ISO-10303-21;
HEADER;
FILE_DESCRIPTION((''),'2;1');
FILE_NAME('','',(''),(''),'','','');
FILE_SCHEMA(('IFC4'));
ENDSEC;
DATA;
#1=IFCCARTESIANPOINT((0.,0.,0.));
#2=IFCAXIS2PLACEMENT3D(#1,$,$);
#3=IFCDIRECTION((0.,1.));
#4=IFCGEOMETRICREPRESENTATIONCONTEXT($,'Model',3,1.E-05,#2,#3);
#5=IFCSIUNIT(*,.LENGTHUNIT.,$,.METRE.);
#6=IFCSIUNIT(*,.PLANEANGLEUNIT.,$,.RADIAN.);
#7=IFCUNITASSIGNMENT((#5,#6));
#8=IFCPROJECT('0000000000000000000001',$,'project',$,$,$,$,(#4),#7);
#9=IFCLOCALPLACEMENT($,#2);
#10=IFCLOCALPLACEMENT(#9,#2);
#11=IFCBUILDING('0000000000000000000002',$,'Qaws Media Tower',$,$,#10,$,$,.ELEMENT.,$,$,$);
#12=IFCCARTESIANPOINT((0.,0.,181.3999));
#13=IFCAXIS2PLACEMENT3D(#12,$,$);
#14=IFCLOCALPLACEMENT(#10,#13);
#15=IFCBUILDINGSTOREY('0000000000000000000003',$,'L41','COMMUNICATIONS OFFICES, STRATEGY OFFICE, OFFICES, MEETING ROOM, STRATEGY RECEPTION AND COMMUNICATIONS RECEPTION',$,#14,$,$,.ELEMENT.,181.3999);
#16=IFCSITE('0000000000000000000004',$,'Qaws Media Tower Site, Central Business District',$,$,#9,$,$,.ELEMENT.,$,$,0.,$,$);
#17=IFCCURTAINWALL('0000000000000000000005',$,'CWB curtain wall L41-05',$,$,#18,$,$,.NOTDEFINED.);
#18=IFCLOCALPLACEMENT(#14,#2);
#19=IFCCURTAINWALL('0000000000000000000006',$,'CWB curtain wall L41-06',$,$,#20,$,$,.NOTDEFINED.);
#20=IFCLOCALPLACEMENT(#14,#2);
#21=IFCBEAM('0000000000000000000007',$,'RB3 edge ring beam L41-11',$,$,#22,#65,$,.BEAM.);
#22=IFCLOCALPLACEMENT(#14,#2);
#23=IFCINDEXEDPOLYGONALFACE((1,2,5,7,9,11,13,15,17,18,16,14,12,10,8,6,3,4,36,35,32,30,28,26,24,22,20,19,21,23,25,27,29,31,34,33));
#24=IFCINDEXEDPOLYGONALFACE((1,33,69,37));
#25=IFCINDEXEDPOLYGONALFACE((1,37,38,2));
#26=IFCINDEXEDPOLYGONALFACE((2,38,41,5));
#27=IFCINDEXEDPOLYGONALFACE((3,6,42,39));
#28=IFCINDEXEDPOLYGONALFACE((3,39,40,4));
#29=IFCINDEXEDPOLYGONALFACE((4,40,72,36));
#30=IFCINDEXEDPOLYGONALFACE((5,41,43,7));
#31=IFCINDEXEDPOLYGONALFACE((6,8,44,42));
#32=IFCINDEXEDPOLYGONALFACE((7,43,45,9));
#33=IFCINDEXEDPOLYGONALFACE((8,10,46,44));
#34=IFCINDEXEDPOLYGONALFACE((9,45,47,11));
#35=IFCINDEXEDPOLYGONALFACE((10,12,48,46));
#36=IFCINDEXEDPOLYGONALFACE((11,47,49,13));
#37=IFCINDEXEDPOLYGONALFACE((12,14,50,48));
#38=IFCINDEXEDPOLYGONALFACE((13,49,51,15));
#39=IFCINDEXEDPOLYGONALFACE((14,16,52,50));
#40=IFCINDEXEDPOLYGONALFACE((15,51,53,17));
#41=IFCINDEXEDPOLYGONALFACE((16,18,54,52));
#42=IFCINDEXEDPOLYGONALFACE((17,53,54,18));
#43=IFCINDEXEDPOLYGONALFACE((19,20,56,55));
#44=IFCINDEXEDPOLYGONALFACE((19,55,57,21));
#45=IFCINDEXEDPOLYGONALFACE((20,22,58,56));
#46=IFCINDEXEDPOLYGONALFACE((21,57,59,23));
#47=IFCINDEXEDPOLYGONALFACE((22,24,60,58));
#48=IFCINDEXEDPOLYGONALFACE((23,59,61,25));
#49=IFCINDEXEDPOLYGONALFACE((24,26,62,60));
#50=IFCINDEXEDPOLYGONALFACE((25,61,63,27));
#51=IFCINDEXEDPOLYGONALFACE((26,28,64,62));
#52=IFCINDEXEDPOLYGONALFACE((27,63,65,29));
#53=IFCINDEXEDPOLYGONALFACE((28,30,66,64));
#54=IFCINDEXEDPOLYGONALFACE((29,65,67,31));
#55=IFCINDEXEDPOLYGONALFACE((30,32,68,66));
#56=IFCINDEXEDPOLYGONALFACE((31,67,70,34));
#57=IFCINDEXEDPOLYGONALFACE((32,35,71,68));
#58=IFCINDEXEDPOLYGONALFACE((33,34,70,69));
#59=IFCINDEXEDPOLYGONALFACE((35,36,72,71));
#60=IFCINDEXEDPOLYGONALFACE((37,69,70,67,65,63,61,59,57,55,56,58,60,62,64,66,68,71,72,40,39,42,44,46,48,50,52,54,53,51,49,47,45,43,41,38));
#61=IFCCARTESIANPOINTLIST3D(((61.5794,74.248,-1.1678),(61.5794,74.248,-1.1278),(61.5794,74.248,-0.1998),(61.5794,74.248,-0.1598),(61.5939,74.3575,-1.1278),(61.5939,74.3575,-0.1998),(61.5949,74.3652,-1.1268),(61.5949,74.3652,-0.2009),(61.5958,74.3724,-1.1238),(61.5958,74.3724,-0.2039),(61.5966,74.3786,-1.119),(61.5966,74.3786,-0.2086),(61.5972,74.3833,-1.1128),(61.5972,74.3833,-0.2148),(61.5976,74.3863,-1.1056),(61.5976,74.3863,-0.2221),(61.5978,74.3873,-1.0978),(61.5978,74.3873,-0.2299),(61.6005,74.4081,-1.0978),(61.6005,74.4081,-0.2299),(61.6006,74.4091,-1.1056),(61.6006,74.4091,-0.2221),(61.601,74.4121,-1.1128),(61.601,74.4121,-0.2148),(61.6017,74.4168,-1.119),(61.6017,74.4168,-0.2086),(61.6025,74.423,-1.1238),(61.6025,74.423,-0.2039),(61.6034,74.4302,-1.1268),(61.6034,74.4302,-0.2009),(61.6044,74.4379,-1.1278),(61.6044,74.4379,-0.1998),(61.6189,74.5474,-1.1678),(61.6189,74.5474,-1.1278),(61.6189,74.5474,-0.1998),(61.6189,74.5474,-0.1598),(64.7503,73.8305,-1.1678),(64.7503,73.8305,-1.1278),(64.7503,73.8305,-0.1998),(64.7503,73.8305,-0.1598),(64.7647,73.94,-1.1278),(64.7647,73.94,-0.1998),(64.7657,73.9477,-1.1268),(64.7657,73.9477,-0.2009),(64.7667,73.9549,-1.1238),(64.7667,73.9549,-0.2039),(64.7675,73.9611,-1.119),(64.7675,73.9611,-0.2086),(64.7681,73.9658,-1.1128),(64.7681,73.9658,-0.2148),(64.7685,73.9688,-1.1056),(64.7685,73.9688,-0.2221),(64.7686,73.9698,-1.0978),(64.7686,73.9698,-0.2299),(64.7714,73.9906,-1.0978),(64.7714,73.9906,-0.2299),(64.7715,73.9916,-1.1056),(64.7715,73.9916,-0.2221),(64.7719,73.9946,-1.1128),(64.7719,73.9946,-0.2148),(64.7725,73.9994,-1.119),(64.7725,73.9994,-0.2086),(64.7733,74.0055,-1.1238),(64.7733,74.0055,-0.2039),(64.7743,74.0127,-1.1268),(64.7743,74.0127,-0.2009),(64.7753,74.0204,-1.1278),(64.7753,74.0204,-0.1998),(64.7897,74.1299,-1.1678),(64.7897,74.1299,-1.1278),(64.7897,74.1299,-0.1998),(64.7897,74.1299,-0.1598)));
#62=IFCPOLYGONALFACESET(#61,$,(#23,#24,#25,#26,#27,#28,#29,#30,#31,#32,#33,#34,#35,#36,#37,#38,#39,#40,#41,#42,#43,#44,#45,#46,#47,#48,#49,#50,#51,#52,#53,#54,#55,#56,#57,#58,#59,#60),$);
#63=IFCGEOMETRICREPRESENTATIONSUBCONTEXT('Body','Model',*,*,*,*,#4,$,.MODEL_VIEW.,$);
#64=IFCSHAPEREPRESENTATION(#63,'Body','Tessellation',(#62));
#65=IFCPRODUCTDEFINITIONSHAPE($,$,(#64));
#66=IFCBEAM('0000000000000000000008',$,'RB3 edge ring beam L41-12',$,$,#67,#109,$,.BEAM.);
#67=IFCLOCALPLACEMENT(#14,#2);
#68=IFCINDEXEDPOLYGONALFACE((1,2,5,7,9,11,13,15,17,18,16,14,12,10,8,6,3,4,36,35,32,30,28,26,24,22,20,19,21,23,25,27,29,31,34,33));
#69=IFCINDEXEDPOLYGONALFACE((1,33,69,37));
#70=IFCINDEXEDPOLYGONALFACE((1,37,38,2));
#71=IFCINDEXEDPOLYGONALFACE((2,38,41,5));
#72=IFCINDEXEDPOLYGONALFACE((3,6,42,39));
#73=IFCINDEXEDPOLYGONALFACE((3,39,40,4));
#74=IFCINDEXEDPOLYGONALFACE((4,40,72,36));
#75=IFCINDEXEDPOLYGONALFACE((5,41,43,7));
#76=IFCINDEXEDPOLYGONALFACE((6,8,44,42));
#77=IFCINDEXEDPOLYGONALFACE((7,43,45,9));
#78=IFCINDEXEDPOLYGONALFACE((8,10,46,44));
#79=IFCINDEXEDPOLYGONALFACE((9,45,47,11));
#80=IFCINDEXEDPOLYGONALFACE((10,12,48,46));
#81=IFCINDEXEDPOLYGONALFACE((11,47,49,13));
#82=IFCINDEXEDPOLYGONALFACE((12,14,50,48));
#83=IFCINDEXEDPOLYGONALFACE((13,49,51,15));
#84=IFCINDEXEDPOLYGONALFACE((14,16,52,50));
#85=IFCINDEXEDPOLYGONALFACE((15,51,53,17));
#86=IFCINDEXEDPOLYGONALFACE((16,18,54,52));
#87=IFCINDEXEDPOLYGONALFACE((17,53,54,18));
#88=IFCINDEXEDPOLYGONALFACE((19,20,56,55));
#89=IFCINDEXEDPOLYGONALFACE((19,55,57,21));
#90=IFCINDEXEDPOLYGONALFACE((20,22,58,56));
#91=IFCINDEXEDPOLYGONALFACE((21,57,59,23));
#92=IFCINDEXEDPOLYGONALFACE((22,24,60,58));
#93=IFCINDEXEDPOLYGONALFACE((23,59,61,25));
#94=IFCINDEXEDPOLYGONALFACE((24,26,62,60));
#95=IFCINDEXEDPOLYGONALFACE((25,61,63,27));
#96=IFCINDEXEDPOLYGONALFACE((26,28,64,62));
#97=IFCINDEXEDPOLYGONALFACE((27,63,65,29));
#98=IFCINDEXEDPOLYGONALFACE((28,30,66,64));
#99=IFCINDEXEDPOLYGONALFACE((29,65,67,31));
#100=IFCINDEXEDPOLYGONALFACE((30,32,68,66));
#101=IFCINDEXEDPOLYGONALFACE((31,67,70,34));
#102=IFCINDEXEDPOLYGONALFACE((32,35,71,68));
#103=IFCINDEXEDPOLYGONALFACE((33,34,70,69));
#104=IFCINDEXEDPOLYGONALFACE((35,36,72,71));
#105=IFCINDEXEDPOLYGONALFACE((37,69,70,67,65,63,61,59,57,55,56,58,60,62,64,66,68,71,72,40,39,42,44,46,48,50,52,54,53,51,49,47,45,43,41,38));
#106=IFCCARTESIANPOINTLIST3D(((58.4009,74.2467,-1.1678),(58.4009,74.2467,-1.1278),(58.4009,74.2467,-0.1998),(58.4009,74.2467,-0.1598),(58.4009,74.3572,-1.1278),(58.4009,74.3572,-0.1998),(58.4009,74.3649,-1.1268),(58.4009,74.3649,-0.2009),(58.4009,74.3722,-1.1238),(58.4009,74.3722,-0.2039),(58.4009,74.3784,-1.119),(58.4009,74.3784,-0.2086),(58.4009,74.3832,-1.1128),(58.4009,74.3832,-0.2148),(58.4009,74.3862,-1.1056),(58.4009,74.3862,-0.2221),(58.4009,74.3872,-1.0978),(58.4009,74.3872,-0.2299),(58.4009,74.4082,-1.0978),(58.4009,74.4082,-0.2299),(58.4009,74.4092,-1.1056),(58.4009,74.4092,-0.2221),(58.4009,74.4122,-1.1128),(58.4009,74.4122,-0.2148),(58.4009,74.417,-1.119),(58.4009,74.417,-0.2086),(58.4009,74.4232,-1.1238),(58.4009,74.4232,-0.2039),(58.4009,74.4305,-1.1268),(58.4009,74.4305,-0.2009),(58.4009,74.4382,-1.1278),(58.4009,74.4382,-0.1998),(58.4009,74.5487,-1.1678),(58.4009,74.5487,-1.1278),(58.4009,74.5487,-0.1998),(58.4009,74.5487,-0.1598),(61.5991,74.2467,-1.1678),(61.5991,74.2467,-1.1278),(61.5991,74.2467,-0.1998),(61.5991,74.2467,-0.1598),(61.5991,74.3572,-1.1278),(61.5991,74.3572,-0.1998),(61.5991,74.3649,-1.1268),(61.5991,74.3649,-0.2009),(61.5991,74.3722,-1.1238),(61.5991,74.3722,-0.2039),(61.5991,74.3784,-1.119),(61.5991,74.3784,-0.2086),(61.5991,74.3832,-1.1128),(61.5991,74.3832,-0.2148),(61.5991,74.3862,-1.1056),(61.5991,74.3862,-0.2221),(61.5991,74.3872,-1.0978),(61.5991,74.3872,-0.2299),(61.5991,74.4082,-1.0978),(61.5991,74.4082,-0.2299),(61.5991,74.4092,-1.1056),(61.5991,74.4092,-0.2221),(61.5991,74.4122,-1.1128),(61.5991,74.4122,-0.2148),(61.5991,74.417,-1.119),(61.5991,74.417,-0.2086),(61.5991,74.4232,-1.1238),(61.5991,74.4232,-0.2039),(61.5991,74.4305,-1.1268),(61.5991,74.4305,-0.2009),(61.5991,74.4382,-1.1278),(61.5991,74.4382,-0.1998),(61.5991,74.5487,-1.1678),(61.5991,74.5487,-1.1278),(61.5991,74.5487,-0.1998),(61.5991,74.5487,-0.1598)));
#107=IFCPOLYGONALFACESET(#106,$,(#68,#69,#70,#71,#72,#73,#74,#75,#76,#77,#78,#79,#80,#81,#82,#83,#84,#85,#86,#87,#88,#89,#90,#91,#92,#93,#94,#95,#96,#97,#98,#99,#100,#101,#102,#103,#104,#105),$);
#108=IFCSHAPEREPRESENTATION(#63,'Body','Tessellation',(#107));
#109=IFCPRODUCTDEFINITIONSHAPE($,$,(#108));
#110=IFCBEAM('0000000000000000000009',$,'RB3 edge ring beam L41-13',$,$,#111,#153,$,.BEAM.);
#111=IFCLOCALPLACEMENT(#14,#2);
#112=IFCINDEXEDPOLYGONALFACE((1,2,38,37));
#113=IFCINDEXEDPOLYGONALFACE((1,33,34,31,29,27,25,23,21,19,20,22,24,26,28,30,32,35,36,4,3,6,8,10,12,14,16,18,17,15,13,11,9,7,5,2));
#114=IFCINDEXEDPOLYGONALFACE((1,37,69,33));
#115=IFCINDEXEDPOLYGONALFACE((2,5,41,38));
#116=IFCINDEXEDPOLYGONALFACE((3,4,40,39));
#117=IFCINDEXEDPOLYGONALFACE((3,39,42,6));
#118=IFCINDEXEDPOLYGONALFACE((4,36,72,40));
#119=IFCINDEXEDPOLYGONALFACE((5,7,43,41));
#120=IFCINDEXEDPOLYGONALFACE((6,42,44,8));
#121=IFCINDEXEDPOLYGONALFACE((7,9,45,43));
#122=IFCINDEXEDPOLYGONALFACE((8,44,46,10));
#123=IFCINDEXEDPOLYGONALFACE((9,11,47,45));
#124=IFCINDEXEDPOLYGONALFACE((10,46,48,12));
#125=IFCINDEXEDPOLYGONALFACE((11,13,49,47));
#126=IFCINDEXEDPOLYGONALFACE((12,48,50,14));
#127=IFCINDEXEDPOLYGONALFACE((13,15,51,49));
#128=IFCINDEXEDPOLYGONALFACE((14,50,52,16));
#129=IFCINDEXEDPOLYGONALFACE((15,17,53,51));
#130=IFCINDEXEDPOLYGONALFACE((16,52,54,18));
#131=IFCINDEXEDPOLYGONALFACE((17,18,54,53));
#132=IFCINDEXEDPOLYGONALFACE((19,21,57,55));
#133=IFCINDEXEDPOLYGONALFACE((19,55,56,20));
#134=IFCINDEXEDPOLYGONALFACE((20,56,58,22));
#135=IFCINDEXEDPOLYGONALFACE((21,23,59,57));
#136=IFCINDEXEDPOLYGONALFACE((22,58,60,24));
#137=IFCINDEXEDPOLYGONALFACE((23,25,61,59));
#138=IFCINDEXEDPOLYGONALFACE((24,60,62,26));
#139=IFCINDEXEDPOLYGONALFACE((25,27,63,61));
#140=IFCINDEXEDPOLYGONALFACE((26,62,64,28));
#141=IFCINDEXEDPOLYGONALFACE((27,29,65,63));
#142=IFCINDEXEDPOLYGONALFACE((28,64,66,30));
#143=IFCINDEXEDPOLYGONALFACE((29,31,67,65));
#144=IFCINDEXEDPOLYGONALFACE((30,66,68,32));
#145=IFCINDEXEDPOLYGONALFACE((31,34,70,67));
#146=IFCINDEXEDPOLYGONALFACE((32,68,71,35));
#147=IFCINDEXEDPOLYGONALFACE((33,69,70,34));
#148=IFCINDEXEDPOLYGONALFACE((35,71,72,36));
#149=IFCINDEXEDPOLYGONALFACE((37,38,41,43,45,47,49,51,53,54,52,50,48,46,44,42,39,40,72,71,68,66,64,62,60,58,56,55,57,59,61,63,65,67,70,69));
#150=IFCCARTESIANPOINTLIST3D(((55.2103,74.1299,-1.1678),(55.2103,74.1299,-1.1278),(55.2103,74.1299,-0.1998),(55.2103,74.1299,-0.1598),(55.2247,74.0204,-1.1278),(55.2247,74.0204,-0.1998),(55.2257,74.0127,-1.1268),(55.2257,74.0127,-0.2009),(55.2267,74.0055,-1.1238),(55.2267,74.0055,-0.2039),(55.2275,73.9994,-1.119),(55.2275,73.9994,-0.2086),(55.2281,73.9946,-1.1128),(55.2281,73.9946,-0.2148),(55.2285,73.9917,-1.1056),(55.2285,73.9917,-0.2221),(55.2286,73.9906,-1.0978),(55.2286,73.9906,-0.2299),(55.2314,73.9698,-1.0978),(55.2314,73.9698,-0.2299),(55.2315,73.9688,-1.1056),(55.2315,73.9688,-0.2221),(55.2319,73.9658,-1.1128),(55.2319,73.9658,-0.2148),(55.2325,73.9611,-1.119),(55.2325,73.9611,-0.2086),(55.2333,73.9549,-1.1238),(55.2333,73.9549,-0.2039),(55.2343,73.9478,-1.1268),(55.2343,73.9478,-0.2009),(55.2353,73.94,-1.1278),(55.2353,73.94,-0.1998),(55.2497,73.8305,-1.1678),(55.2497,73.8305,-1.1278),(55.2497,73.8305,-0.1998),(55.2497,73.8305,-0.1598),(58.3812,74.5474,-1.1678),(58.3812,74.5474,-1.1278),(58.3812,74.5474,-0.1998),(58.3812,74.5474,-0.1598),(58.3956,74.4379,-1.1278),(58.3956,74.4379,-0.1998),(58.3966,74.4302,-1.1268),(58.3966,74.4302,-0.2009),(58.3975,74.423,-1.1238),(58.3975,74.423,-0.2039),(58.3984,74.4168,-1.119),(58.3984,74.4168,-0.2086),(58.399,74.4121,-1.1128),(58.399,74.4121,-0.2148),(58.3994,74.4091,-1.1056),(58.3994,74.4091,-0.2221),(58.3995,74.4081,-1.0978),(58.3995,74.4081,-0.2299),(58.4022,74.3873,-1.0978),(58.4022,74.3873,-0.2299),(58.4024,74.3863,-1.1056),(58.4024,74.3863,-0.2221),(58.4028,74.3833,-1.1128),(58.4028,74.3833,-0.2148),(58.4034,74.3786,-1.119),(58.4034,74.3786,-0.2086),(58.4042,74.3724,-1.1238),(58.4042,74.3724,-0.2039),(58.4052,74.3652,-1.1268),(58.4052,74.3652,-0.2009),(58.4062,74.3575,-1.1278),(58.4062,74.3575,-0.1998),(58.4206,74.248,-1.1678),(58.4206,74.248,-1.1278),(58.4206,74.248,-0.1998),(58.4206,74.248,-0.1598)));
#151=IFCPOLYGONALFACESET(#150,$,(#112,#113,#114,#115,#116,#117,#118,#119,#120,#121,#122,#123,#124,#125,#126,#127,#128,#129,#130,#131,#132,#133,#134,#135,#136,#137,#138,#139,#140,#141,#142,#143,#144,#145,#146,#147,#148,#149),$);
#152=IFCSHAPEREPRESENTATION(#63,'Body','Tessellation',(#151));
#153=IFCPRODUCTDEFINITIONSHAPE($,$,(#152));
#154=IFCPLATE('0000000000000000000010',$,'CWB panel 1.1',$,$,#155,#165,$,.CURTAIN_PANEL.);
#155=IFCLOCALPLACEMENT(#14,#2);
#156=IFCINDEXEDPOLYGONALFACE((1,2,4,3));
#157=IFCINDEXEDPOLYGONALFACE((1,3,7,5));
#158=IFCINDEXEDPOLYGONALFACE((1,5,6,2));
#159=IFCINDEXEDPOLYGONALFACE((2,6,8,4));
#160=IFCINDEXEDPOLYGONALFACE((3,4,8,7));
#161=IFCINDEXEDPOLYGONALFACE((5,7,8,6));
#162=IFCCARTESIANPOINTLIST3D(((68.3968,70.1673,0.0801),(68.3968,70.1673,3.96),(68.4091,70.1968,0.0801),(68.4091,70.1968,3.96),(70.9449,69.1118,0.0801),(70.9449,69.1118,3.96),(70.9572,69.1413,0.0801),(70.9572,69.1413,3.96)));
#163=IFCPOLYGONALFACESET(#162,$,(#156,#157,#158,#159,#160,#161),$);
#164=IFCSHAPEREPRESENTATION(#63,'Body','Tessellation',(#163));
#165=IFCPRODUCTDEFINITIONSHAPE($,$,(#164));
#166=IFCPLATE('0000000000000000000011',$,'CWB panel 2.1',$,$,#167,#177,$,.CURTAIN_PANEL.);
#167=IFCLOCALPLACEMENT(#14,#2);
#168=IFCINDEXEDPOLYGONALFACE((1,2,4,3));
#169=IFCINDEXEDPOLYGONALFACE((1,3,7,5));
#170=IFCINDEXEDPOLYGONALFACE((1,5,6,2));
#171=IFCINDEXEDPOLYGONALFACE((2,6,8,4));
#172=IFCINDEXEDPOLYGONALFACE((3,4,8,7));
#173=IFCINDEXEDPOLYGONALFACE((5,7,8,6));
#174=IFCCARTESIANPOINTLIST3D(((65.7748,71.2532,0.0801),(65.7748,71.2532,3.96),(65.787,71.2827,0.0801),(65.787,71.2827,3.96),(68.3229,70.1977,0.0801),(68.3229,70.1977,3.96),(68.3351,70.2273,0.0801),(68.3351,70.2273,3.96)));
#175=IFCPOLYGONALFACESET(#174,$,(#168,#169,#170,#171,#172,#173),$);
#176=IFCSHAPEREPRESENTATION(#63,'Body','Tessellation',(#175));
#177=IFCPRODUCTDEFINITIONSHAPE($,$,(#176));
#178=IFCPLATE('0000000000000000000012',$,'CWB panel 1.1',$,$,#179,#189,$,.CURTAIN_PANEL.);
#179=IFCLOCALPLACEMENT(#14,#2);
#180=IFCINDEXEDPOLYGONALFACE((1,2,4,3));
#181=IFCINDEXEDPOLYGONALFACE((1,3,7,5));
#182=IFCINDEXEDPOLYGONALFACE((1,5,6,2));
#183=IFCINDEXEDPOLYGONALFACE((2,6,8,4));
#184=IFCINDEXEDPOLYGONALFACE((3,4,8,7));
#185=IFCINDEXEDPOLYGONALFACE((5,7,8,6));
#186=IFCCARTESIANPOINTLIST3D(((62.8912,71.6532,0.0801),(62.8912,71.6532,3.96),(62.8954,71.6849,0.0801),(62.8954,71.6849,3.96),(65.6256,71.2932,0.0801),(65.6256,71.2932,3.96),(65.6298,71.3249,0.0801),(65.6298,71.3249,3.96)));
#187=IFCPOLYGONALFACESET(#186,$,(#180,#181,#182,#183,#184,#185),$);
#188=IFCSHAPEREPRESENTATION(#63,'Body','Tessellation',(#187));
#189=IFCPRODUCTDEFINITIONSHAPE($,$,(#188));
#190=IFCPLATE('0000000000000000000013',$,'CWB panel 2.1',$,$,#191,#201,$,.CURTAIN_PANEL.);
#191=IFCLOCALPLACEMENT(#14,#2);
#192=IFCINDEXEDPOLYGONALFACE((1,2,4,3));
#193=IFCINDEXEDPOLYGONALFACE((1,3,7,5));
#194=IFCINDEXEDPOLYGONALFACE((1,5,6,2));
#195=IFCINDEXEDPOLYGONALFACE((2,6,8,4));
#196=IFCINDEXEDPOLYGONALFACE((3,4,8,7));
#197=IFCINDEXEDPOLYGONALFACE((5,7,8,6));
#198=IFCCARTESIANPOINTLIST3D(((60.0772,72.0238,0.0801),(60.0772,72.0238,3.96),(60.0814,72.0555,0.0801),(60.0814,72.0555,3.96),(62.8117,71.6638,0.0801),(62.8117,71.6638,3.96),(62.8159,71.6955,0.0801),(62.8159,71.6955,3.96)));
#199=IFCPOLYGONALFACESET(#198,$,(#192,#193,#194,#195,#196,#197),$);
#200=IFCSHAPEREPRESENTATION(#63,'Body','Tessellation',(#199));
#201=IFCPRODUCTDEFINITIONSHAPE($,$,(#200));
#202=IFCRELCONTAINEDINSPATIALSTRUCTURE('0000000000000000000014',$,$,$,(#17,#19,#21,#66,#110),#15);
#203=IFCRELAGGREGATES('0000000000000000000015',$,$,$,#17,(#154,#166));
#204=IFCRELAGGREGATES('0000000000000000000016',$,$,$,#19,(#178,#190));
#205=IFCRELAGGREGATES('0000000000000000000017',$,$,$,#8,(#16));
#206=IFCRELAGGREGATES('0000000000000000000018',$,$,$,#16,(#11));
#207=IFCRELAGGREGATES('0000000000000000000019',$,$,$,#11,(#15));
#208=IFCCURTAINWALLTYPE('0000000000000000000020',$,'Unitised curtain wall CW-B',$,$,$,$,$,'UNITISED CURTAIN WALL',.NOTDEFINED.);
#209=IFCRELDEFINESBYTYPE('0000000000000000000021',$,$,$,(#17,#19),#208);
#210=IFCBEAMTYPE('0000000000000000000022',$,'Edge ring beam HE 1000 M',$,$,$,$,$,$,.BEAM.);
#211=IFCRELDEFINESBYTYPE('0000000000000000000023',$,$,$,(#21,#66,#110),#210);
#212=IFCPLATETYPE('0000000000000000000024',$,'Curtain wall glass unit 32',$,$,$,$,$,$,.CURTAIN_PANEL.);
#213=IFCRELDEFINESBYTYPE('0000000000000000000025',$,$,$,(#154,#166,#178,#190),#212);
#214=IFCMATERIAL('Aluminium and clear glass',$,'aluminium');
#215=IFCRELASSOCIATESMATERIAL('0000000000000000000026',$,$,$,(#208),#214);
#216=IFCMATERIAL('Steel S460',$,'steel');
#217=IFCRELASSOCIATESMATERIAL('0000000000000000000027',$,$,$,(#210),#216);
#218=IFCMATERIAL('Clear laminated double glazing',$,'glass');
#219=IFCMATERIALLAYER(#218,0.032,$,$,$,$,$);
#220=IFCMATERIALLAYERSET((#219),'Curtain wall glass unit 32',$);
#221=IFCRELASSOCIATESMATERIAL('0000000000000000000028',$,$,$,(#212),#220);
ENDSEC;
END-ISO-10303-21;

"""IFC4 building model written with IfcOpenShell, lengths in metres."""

from ifc_helpers import new_model, si_unit, direction, frame, origin, origin_2d, place, context, subcontext, project, spatial, rectangle, i_section, extrude, material, layer, layer_set, material_profile, profile_set, type_object, element, aggregate, save


model = new_model("IFC4")

# Units and contexts
model_context = context("Model", 3, precision=1e-05, world=origin(), true_north=direction((0.0, 1.0)))
body_context = subcontext(model_context, "Body", "Model", "MODEL_VIEW")
ifc_project = project(units=[si_unit("LENGTHUNIT", "METRE"), si_unit("PLANEANGLEUNIT", "RADIAN")], contexts=[model_context])

# Site, building, storey
site_placement = place(None, origin())
site = spatial("IfcSite", under=ifc_project, at=site_placement, Name="Qaws Media Tower Site, Central Business District", CompositionType="ELEMENT", RefElevation=0.0)
building_placement = place(site_placement, origin())
building = spatial("IfcBuilding", under=site, at=building_placement, Name="Qaws Media Tower", CompositionType="ELEMENT")
storey_placement = place(building_placement, frame((0.0, 0.0, 181.3999)))
storey = spatial("IfcBuildingStorey", under=building, at=storey_placement, Name="L41", Description="COMMUNICATIONS OFFICES, STRATEGY OFFICE, OFFICES, MEETING ROOM, STRATEGY RECEPTION AND COMMUNICATIONS RECEPTION", CompositionType="ELEMENT", Elevation=181.3999)

# Curtain walls
ifc_material_1 = material(Name="Aluminium and clear glass", Category="aluminium")
curtain_wall_type = type_object("IfcCurtainWallType", Name="Unitised curtain wall CW-B", ElementType="UNITISED CURTAIN WALL", PredefinedType="NOTDEFINED", material=ifc_material_1)
curtain_wall_1_placement = place(storey_placement, origin())
curtain_wall_1 = element("IfcCurtainWall", 1, at=curtain_wall_1_placement, inside=storey, type_object=curtain_wall_type, Name="CWB curtain wall L41-05", PredefinedType="NOTDEFINED")
curtain_wall_2_placement = place(storey_placement, origin())
curtain_wall_2 = element("IfcCurtainWall", 2, at=curtain_wall_2_placement, inside=storey, type_object=curtain_wall_type, Name="CWB curtain wall L41-06", PredefinedType="NOTDEFINED")

# Beams
ifc_material_2 = material(Name="Steel S460", Category="steel")
ifc_material_profile_1 = material_profile(ifc_material_2, i_section(OverallWidth=0.302, OverallDepth=1.0081, WebThickness=0.021, FlangeThickness=0.04, FilletRadius=0.03, at=origin_2d()), Name="HE 1000 M")
ifc_profile_set_1 = profile_set([ifc_material_profile_1], Name="Steel S460")
beam_type = type_object("IfcBeamType", Name="Edge ring beam HE 1000 M", PredefinedType="BEAM", material=ifc_profile_set_1)
for number, where, z_axis, x_axis, name in (
    (3, (64.77, 73.9802, -0.6638), (-0.991444, 0.130533, 0.0), (-0.130533, -0.991444, 0.0), "RB3 edge ring beam L41-11"),
    (4, (61.5991, 74.3977, -0.6638), (-1.0, 0.0, 0.0), (0.0, -1.0, 0.0), "RB3 edge ring beam L41-12"),
    (5, (58.4009, 74.3977, -0.6638), (-0.991444, -0.130533, 0.0), (0.130533, -0.991444, 0.0), "RB3 edge ring beam L41-13"),
):
    element("IfcBeam", number, at=place(storey_placement, frame(where, z_axis=z_axis, x_axis=x_axis)), inside=storey, type_object=beam_type, Name=name, PredefinedType="BEAM", context=body_context, shape_type="SweptSolid", body=[
        extrude(i_section(OverallWidth=0.302, OverallDepth=1.0081, WebThickness=0.021, FlangeThickness=0.04, FilletRadius=0.03, at=origin_2d()), origin(), (0.0, 0.0, 1.0), 3.1982),
    ])

# Plates
ifc_material_3 = material(Name="Clear laminated double glazing", Category="glass")
ifc_layer_1 = layer(ifc_material_3, 0.032)
ifc_layer_set_1 = layer_set([ifc_layer_1], Name="Curtain wall glass unit 32")
plate_type_1 = type_object("IfcPlateType", Name="Curtain wall glass unit 32", PredefinedType="CURTAIN_PANEL", material=ifc_layer_set_1)
plate_1_placement = place(storey_placement, frame((69.677, 69.6543, 0.0801), z_axis=(0.0, 0.0, 1.0), x_axis=(-0.92388, 0.382683, 0.0)))
plate_1 = element("IfcPlate", 6, at=plate_1_placement, type_object=plate_type_1, Name="CWB panel 1.1", PredefinedType="CURTAIN_PANEL", context=body_context, shape_type="SweptSolid", body=[
    extrude(rectangle(XDim=2.7581, YDim=0.032, at=origin_2d()), origin(), (0.0, 0.0, 1.0), 3.8799),
])
plate_2_placement = place(storey_placement, frame((67.0549, 70.7402, 0.0801), z_axis=(0.0, 0.0, 1.0), x_axis=(-0.92388, 0.382683, 0.0)))
plate_2 = element("IfcPlate", 7, at=plate_2_placement, type_object=plate_type_1, Name="CWB panel 2.1", PredefinedType="CURTAIN_PANEL", context=body_context, shape_type="SweptSolid", body=[
    extrude(rectangle(XDim=2.7581, YDim=0.032, at=origin_2d()), origin(), (0.0, 0.0, 1.0), 3.8799),
])
aggregate(curtain_wall_1, [plate_1, plate_2])
plate_3_placement = place(storey_placement, frame((64.2605, 71.489, 0.0801), z_axis=(0.0, 0.0, 1.0), x_axis=(-0.991445, 0.130526, 0.0)))
plate_3 = element("IfcPlate", 8, at=plate_3_placement, type_object=plate_type_1, Name="CWB panel 1.1", PredefinedType="CURTAIN_PANEL", context=body_context, shape_type="SweptSolid", body=[
    extrude(rectangle(XDim=2.7581, YDim=0.032, at=origin_2d()), origin(), (0.0, 0.0, 1.0), 3.8799),
])
plate_4_placement = place(storey_placement, frame((61.4465, 71.8596, 0.0801), z_axis=(0.0, 0.0, 1.0), x_axis=(-0.991445, 0.130526, 0.0)))
plate_4 = element("IfcPlate", 9, at=plate_4_placement, type_object=plate_type_1, Name="CWB panel 2.1", PredefinedType="CURTAIN_PANEL", context=body_context, shape_type="SweptSolid", body=[
    extrude(rectangle(XDim=2.7581, YDim=0.032, at=origin_2d()), origin(), (0.0, 0.0, 1.0), 3.8799),
])
aggregate(curtain_wall_2, [plate_3, plate_4])

save(model, "model.ifc")
